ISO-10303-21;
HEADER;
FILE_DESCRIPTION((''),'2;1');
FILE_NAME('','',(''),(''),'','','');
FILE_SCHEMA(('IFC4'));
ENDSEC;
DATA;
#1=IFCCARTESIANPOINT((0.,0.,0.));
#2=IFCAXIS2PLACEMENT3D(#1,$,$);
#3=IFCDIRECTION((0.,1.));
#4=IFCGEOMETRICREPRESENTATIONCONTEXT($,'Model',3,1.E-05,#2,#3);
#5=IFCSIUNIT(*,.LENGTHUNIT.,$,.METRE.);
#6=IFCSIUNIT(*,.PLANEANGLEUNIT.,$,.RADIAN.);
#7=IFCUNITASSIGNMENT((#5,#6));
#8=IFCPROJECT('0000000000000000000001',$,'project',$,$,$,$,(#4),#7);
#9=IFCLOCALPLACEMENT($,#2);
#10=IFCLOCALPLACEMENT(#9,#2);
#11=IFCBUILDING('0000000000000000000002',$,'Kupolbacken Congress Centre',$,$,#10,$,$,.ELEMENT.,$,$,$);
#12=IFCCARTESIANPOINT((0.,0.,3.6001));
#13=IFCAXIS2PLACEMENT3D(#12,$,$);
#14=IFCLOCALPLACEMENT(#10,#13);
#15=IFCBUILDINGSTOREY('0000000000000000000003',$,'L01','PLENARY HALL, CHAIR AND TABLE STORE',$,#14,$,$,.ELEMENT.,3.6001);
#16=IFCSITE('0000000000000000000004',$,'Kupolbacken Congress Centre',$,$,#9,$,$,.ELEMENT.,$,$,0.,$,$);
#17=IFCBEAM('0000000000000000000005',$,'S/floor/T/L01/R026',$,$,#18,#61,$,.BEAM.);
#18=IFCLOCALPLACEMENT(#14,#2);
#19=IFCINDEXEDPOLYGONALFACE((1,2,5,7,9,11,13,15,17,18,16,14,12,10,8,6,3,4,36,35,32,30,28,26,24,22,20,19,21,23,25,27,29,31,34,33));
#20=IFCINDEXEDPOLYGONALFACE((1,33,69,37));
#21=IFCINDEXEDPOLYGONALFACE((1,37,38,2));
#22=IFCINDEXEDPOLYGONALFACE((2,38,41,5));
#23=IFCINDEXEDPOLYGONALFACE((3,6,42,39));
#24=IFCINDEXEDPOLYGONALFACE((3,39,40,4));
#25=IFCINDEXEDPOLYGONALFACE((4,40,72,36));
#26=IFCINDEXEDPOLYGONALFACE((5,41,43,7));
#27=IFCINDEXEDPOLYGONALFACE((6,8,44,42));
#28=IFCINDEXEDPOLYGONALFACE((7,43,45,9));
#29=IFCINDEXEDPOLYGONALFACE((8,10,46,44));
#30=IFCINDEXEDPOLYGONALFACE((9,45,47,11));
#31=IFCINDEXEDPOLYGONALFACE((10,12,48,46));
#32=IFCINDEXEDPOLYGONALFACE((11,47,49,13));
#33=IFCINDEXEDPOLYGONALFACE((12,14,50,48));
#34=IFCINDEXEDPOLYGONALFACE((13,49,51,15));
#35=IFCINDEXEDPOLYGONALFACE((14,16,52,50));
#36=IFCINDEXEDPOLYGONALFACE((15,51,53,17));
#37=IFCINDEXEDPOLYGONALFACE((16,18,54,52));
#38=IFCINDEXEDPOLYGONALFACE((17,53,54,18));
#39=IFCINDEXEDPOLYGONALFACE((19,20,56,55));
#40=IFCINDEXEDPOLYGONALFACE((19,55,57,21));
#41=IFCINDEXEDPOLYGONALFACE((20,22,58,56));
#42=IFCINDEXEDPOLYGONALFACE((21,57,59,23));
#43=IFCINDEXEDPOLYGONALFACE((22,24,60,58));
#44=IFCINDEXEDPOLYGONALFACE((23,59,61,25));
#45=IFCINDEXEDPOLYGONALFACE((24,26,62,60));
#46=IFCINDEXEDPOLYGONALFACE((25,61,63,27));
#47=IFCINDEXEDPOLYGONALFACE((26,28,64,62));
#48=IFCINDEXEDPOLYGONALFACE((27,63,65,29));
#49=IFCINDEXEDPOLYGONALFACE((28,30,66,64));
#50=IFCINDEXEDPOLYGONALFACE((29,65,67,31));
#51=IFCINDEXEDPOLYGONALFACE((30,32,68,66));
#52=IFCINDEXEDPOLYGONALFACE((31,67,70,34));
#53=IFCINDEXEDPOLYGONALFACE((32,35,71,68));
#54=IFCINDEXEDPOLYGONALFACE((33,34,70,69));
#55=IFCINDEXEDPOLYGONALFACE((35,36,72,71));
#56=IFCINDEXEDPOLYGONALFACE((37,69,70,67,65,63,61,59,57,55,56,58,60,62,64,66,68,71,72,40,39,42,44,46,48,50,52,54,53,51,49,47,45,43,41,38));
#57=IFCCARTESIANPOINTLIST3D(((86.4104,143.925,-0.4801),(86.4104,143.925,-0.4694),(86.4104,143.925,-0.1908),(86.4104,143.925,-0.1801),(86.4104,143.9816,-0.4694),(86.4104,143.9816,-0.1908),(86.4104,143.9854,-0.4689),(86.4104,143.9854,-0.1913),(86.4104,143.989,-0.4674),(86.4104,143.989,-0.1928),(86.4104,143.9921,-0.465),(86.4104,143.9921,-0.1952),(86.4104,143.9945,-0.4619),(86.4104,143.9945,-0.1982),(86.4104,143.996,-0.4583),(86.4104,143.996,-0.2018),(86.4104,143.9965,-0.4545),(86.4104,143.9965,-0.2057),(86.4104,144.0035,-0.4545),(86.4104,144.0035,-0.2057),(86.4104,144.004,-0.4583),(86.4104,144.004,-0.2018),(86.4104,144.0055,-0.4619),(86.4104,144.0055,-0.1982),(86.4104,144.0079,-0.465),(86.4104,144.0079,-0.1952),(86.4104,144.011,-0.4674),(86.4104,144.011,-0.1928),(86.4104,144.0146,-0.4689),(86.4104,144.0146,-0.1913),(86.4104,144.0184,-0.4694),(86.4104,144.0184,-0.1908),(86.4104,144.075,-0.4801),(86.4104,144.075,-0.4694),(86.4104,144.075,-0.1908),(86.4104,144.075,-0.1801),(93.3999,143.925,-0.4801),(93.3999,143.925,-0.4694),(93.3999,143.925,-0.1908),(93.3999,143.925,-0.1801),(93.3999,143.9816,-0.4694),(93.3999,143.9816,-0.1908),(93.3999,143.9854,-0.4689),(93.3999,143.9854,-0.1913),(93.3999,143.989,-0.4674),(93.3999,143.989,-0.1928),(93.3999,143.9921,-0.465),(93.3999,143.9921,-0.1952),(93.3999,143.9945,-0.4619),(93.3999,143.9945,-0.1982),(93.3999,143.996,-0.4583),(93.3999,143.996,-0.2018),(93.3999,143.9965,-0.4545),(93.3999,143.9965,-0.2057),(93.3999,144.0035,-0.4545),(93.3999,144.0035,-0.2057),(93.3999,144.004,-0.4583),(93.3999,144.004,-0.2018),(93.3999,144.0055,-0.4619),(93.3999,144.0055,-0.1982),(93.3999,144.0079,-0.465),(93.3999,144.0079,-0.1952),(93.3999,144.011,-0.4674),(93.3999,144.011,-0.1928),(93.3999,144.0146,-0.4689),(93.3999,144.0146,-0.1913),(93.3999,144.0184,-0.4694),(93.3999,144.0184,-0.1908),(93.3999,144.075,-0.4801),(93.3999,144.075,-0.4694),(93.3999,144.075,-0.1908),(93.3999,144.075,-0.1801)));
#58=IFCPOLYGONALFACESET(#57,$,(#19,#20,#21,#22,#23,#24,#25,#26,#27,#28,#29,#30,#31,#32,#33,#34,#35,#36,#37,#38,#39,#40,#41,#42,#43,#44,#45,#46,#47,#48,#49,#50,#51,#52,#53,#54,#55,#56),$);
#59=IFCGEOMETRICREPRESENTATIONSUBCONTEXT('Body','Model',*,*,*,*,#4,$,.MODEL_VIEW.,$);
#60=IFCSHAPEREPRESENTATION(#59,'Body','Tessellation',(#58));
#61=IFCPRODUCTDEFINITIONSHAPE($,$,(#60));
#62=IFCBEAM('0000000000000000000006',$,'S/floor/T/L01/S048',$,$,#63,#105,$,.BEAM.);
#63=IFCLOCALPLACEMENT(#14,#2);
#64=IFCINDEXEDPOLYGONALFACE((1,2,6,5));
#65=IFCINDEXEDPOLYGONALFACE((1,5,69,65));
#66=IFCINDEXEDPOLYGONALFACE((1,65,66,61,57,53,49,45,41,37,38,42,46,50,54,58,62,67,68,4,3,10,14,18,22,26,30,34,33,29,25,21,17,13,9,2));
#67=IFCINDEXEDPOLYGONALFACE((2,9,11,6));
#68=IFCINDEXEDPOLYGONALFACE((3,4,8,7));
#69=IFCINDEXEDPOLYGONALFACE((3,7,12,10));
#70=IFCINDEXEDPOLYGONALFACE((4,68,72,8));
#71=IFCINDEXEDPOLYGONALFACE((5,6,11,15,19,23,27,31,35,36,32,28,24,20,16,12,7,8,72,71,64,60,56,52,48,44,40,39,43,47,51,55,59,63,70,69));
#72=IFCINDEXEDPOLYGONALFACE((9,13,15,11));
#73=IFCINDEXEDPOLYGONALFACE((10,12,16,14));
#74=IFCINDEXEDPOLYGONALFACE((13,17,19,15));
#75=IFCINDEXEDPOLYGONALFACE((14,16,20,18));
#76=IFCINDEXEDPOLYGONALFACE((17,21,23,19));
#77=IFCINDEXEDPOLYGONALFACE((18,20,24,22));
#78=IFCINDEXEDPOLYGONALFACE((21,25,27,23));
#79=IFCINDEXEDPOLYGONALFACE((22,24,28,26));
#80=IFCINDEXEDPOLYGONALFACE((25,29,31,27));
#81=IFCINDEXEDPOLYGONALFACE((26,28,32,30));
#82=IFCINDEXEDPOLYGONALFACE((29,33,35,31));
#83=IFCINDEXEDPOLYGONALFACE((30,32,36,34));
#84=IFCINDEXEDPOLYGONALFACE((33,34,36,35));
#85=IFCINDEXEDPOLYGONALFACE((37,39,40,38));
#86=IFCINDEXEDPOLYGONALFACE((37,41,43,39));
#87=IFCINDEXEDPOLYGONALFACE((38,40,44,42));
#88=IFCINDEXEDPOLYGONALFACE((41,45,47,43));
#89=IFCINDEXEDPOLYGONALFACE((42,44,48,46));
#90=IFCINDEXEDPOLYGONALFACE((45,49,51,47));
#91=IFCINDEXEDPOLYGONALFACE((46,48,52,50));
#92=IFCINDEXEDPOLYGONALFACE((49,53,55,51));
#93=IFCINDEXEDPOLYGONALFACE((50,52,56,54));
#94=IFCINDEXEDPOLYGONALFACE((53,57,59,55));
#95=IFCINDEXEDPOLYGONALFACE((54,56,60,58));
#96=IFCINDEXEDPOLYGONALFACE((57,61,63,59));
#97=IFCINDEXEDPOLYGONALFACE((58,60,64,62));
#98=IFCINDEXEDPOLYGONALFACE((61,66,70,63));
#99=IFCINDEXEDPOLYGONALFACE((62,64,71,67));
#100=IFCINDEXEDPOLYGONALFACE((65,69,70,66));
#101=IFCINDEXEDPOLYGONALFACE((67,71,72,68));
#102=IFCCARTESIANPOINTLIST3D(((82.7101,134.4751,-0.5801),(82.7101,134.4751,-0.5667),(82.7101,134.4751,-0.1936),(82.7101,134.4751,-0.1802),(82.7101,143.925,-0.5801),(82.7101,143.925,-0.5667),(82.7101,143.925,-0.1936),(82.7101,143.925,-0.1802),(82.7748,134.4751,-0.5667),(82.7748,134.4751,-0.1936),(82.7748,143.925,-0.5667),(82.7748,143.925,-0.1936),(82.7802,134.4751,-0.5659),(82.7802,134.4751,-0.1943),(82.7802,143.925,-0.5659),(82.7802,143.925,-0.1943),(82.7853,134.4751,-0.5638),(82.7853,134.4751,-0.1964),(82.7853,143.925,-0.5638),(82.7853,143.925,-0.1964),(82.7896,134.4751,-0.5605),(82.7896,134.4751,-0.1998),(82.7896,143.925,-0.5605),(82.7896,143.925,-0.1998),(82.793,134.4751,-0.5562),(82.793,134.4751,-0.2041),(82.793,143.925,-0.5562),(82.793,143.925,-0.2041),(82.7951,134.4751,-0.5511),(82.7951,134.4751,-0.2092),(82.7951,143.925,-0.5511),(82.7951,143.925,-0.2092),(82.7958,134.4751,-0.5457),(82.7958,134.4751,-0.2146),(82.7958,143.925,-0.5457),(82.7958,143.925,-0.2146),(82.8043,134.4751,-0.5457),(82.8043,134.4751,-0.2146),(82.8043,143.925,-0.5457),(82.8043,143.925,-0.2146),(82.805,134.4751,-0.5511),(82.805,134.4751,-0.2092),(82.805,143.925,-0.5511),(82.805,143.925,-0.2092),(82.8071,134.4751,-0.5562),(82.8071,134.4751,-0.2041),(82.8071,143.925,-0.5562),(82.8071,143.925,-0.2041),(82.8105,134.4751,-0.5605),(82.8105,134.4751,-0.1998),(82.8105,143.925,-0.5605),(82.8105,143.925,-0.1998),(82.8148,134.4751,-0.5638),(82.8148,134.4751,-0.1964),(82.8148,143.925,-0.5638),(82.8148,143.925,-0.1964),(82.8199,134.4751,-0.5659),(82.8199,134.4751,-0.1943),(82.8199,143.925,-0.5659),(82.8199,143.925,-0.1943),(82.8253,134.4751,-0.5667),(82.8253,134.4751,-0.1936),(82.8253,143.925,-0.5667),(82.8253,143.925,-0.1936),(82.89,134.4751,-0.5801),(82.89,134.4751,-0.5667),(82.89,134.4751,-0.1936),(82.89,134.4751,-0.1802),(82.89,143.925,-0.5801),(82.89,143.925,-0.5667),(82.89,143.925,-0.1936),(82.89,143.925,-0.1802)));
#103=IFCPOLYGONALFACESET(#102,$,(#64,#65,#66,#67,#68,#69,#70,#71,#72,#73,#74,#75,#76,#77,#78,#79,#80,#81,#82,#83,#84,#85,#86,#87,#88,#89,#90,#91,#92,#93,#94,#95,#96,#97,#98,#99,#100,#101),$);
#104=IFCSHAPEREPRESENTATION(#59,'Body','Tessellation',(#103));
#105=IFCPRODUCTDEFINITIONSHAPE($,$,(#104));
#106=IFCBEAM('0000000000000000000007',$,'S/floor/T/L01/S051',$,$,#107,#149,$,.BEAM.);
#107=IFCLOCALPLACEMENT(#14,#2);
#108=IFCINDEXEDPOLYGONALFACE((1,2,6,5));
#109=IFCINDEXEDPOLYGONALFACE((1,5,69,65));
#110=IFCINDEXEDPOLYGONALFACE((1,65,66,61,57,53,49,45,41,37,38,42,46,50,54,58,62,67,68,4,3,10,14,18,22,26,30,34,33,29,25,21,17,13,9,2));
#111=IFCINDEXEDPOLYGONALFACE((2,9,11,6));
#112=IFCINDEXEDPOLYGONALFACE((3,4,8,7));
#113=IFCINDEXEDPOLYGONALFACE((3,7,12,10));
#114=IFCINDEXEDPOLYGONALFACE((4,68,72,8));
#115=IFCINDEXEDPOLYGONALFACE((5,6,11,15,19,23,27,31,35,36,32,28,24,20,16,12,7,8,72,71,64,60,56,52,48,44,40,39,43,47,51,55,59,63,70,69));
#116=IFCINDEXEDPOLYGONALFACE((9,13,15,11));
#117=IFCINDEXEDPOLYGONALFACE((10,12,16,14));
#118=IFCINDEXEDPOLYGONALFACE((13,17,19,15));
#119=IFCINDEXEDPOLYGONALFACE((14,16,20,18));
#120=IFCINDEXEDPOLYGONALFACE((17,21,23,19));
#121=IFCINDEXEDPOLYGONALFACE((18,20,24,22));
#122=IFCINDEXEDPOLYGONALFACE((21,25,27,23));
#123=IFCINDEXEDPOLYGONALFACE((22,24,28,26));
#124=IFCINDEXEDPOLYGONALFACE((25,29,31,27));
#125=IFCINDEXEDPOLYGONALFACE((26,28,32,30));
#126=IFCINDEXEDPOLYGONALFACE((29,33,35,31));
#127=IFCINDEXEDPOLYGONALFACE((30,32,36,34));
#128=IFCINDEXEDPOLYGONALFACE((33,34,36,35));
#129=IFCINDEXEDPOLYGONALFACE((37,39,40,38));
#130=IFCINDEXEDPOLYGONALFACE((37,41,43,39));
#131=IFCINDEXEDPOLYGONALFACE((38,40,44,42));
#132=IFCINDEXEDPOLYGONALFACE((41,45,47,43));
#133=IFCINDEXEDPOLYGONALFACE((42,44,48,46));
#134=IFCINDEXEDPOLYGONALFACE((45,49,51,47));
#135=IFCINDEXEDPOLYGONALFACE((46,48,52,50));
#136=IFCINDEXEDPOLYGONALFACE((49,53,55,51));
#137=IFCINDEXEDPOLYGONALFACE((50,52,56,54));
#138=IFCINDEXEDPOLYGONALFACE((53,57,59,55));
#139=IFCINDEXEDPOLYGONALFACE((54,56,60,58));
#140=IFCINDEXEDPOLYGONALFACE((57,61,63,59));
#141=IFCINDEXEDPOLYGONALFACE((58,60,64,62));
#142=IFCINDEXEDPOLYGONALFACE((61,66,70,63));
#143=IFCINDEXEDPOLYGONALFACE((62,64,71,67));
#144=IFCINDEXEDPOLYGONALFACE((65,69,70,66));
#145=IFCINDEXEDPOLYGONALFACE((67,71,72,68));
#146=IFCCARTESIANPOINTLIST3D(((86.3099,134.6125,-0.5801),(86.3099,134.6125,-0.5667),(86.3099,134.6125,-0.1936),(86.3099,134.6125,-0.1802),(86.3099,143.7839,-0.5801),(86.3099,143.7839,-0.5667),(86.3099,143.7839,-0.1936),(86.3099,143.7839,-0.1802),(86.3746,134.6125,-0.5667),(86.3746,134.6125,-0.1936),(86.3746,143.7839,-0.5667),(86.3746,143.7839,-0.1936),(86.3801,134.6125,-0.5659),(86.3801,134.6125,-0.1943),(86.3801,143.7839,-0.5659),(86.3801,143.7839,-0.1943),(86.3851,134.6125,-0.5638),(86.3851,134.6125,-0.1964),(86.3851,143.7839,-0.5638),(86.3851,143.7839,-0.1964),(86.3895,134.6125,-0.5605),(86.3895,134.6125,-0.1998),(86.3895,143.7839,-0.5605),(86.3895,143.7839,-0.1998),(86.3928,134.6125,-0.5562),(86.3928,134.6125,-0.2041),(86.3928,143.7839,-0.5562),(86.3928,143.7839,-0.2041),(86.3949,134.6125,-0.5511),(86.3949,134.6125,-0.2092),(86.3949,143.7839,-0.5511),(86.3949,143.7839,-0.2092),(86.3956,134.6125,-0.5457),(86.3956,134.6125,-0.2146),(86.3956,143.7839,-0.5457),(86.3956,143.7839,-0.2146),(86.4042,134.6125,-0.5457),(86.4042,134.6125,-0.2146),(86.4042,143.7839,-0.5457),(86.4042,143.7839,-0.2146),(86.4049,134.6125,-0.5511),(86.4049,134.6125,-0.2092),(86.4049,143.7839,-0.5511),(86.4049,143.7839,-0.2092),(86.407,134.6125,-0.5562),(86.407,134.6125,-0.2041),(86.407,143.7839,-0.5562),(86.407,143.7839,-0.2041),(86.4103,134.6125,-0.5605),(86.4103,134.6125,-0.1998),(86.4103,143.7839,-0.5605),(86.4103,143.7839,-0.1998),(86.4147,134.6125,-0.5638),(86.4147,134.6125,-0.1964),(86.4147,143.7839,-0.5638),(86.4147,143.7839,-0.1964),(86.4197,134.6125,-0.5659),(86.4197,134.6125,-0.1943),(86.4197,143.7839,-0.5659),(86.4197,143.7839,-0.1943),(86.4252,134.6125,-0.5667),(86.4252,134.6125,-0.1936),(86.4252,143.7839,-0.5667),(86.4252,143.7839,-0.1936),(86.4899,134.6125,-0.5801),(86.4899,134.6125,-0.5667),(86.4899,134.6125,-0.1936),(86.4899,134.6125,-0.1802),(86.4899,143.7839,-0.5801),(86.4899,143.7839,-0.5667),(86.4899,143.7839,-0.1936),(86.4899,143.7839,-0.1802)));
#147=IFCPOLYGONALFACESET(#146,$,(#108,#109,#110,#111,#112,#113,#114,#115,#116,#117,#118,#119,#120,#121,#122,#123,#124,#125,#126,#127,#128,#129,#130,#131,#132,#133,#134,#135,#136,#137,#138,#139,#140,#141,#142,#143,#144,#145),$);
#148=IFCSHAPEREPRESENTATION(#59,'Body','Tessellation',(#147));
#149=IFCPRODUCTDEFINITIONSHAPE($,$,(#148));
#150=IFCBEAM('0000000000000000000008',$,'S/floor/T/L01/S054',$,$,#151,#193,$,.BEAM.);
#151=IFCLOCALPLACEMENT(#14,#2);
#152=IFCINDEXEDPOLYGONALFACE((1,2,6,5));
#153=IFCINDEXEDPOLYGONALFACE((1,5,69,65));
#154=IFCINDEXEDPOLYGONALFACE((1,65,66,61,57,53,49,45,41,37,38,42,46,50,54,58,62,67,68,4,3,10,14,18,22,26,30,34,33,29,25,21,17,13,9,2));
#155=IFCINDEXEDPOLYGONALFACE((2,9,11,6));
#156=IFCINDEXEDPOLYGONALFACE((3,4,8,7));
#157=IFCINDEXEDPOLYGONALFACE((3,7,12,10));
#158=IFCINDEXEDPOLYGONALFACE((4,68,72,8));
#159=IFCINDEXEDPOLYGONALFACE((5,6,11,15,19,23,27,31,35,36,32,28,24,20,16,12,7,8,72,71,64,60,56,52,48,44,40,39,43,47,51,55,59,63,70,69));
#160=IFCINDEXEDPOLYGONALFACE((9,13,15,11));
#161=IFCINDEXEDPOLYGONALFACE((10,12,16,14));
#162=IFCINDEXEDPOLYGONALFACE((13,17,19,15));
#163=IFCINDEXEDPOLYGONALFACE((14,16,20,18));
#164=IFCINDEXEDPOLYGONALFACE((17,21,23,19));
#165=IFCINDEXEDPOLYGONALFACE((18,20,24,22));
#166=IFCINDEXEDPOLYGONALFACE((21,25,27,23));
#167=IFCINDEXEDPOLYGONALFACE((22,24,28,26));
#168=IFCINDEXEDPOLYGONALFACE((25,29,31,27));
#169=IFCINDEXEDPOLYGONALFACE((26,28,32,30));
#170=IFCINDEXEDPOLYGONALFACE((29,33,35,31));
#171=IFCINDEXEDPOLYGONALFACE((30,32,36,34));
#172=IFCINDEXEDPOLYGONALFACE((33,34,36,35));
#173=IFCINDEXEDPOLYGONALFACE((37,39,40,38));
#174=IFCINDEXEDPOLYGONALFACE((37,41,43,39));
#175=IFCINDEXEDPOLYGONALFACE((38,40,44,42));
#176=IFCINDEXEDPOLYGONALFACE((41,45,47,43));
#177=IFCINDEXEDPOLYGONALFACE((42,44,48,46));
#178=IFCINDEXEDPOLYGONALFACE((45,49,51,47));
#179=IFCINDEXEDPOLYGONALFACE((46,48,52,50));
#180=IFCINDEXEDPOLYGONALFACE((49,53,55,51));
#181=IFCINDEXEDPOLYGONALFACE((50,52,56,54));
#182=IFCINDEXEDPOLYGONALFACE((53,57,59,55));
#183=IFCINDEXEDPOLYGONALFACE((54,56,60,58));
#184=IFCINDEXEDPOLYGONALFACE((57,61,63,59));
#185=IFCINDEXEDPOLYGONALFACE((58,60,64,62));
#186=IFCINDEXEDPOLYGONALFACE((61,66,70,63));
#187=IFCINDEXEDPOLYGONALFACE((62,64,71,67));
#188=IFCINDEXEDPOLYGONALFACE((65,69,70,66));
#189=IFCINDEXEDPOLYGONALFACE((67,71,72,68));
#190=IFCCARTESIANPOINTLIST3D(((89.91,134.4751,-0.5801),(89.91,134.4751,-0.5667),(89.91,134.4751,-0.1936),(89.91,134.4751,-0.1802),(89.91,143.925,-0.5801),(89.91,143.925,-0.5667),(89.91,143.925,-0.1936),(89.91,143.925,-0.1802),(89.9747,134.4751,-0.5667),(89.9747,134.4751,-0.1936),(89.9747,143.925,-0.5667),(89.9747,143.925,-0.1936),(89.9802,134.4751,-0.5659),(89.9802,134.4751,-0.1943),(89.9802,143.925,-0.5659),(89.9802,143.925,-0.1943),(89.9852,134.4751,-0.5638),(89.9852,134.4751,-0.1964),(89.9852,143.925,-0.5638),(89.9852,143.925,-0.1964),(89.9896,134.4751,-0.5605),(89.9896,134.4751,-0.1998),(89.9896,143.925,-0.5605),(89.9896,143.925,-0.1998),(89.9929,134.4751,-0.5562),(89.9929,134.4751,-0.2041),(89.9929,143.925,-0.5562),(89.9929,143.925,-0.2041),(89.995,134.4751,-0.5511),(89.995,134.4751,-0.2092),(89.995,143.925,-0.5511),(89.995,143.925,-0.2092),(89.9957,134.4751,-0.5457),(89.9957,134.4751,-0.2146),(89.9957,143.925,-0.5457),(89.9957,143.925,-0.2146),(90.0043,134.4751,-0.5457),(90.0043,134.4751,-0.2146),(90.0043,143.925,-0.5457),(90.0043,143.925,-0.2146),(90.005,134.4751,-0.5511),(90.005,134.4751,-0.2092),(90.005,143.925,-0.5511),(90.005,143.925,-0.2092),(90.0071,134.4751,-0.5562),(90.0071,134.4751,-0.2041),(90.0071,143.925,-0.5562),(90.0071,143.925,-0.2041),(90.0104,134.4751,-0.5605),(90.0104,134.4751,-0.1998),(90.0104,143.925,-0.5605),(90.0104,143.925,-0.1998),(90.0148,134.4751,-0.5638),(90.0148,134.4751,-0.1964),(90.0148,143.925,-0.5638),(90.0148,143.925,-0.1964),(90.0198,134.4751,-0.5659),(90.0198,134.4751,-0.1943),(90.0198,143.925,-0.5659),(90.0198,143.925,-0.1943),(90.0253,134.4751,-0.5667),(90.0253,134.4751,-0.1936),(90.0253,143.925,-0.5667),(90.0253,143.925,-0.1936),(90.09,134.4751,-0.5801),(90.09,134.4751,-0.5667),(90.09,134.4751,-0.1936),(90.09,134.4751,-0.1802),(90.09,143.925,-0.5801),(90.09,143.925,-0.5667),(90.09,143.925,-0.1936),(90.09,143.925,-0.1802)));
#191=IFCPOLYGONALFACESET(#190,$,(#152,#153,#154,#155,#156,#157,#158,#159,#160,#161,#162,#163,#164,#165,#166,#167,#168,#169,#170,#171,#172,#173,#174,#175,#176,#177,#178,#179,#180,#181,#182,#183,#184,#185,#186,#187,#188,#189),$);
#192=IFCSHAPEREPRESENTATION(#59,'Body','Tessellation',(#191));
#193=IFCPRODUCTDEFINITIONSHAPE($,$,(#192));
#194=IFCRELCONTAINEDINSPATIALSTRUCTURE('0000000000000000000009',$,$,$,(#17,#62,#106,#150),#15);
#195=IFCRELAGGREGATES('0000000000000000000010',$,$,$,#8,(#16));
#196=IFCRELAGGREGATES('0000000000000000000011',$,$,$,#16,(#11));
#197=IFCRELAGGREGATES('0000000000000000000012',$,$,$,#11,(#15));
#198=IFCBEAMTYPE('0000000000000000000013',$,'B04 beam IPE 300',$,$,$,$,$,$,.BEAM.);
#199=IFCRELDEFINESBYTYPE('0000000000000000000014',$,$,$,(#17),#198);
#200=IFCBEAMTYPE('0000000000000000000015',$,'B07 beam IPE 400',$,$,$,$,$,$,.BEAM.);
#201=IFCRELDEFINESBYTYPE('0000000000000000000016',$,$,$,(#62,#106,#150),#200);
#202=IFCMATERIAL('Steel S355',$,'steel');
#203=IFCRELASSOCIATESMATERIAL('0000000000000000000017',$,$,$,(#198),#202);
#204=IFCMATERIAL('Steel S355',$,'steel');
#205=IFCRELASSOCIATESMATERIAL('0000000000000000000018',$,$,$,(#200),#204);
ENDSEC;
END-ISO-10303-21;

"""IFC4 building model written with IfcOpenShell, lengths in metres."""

from ifc_helpers import new_model, si_unit, direction, frame, origin, origin_2d, place, context, subcontext, project, spatial, i_section, extrude, material, material_profile, profile_set, type_object, element, save


model = new_model("IFC4")

# Units and contexts
model_context = context("Model", 3, precision=1e-05, world=origin(), true_north=direction((0.0, 1.0)))
body_context = subcontext(model_context, "Body", "Model", "MODEL_VIEW")
ifc_project = project(units=[si_unit("LENGTHUNIT", "METRE"), si_unit("PLANEANGLEUNIT", "RADIAN")], contexts=[model_context])

# Site, building, storey
site_placement = place(None, origin())
site = spatial("IfcSite", under=ifc_project, at=site_placement, Name="Kupolbacken Congress Centre", CompositionType="ELEMENT", RefElevation=0.0)
building_placement = place(site_placement, origin())
building = spatial("IfcBuilding", under=site, at=building_placement, Name="Kupolbacken Congress Centre", CompositionType="ELEMENT")
storey_placement = place(building_placement, frame((0.0, 0.0, 3.6001)))
storey = spatial("IfcBuildingStorey", under=building, at=storey_placement, Name="L01", Description="PLENARY HALL, CHAIR AND TABLE STORE", CompositionType="ELEMENT", Elevation=3.6001)

# Beams
ifc_material_1 = material(Name="Steel S355", Category="steel")
ifc_material_profile_1 = material_profile(ifc_material_1, i_section(OverallWidth=0.1499, OverallDepth=0.3, WebThickness=0.0071, FlangeThickness=0.0107, FilletRadius=0.0149, at=origin_2d()), Name="IPE 300")
ifc_profile_set_1 = profile_set([ifc_material_profile_1], Name="Steel S355")
beam_type_1 = type_object("IfcBeamType", Name="B04 beam IPE 300", PredefinedType="BEAM", material=ifc_profile_set_1)
beam_1_placement = place(storey_placement, frame((86.4104, 144.0, -0.3301), z_axis=(1.0, 0.0, 0.0), x_axis=(0.0, 1.0, 0.0)))
element("IfcBeam", 1, at=beam_1_placement, inside=storey, type_object=beam_type_1, Name="S/floor/T/L01/R026", PredefinedType="BEAM", context=body_context, shape_type="SweptSolid", body=[
    extrude(i_section(OverallWidth=0.1499, OverallDepth=0.3, WebThickness=0.0071, FlangeThickness=0.0107, FilletRadius=0.0149, at=origin_2d()), origin(), (0.0, 0.0, 1.0), 6.9895),
])
ifc_material_2 = material(Name="Steel S355", Category="steel")
ifc_material_profile_2 = material_profile(ifc_material_2, i_section(OverallWidth=0.1799, OverallDepth=0.3999, WebThickness=0.0085, FlangeThickness=0.0134, FilletRadius=0.021, at=origin_2d()), Name="IPE 400")
ifc_profile_set_2 = profile_set([ifc_material_profile_2], Name="Steel S355")
beam_type_2 = type_object("IfcBeamType", Name="B07 beam IPE 400", PredefinedType="BEAM", material=ifc_profile_set_2)
beam_2_placement = place(storey_placement, frame((82.8, 134.4751, -0.3801), z_axis=(0.0, 1.0, 0.0), x_axis=(-1.0, 0.0, 0.0)))
element("IfcBeam", 2, at=beam_2_placement, inside=storey, type_object=beam_type_2, Name="S/floor/T/L01/S048", PredefinedType="BEAM", context=body_context, shape_type="SweptSolid", body=[
    extrude(i_section(OverallWidth=0.1799, OverallDepth=0.3999, WebThickness=0.0085, FlangeThickness=0.0134, FilletRadius=0.021, at=origin_2d()), origin(), (0.0, 0.0, 1.0), 9.45),
])
beam_3_placement = place(storey_placement, frame((86.3999, 134.6125, -0.3801), z_axis=(0.0, 1.0, 0.0), x_axis=(-1.0, 0.0, 0.0)))
element("IfcBeam", 3, at=beam_3_placement, inside=storey, type_object=beam_type_2, Name="S/floor/T/L01/S051", PredefinedType="BEAM", context=body_context, shape_type="SweptSolid", body=[
    extrude(i_section(OverallWidth=0.1799, OverallDepth=0.3999, WebThickness=0.0085, FlangeThickness=0.0134, FilletRadius=0.021, at=origin_2d()), origin(), (0.0, 0.0, 1.0), 9.1714),
])
beam_4_placement = place(storey_placement, frame((90.0, 134.4751, -0.3801), z_axis=(0.0, 1.0, 0.0), x_axis=(-1.0, 0.0, 0.0)))
element("IfcBeam", 4, at=beam_4_placement, inside=storey, type_object=beam_type_2, Name="S/floor/T/L01/S054", PredefinedType="BEAM", context=body_context, shape_type="SweptSolid", body=[
    extrude(i_section(OverallWidth=0.1799, OverallDepth=0.3999, WebThickness=0.0085, FlangeThickness=0.0134, FilletRadius=0.021, at=origin_2d()), origin(), (0.0, 0.0, 1.0), 9.45),
])

save(model, "model.ifc")
